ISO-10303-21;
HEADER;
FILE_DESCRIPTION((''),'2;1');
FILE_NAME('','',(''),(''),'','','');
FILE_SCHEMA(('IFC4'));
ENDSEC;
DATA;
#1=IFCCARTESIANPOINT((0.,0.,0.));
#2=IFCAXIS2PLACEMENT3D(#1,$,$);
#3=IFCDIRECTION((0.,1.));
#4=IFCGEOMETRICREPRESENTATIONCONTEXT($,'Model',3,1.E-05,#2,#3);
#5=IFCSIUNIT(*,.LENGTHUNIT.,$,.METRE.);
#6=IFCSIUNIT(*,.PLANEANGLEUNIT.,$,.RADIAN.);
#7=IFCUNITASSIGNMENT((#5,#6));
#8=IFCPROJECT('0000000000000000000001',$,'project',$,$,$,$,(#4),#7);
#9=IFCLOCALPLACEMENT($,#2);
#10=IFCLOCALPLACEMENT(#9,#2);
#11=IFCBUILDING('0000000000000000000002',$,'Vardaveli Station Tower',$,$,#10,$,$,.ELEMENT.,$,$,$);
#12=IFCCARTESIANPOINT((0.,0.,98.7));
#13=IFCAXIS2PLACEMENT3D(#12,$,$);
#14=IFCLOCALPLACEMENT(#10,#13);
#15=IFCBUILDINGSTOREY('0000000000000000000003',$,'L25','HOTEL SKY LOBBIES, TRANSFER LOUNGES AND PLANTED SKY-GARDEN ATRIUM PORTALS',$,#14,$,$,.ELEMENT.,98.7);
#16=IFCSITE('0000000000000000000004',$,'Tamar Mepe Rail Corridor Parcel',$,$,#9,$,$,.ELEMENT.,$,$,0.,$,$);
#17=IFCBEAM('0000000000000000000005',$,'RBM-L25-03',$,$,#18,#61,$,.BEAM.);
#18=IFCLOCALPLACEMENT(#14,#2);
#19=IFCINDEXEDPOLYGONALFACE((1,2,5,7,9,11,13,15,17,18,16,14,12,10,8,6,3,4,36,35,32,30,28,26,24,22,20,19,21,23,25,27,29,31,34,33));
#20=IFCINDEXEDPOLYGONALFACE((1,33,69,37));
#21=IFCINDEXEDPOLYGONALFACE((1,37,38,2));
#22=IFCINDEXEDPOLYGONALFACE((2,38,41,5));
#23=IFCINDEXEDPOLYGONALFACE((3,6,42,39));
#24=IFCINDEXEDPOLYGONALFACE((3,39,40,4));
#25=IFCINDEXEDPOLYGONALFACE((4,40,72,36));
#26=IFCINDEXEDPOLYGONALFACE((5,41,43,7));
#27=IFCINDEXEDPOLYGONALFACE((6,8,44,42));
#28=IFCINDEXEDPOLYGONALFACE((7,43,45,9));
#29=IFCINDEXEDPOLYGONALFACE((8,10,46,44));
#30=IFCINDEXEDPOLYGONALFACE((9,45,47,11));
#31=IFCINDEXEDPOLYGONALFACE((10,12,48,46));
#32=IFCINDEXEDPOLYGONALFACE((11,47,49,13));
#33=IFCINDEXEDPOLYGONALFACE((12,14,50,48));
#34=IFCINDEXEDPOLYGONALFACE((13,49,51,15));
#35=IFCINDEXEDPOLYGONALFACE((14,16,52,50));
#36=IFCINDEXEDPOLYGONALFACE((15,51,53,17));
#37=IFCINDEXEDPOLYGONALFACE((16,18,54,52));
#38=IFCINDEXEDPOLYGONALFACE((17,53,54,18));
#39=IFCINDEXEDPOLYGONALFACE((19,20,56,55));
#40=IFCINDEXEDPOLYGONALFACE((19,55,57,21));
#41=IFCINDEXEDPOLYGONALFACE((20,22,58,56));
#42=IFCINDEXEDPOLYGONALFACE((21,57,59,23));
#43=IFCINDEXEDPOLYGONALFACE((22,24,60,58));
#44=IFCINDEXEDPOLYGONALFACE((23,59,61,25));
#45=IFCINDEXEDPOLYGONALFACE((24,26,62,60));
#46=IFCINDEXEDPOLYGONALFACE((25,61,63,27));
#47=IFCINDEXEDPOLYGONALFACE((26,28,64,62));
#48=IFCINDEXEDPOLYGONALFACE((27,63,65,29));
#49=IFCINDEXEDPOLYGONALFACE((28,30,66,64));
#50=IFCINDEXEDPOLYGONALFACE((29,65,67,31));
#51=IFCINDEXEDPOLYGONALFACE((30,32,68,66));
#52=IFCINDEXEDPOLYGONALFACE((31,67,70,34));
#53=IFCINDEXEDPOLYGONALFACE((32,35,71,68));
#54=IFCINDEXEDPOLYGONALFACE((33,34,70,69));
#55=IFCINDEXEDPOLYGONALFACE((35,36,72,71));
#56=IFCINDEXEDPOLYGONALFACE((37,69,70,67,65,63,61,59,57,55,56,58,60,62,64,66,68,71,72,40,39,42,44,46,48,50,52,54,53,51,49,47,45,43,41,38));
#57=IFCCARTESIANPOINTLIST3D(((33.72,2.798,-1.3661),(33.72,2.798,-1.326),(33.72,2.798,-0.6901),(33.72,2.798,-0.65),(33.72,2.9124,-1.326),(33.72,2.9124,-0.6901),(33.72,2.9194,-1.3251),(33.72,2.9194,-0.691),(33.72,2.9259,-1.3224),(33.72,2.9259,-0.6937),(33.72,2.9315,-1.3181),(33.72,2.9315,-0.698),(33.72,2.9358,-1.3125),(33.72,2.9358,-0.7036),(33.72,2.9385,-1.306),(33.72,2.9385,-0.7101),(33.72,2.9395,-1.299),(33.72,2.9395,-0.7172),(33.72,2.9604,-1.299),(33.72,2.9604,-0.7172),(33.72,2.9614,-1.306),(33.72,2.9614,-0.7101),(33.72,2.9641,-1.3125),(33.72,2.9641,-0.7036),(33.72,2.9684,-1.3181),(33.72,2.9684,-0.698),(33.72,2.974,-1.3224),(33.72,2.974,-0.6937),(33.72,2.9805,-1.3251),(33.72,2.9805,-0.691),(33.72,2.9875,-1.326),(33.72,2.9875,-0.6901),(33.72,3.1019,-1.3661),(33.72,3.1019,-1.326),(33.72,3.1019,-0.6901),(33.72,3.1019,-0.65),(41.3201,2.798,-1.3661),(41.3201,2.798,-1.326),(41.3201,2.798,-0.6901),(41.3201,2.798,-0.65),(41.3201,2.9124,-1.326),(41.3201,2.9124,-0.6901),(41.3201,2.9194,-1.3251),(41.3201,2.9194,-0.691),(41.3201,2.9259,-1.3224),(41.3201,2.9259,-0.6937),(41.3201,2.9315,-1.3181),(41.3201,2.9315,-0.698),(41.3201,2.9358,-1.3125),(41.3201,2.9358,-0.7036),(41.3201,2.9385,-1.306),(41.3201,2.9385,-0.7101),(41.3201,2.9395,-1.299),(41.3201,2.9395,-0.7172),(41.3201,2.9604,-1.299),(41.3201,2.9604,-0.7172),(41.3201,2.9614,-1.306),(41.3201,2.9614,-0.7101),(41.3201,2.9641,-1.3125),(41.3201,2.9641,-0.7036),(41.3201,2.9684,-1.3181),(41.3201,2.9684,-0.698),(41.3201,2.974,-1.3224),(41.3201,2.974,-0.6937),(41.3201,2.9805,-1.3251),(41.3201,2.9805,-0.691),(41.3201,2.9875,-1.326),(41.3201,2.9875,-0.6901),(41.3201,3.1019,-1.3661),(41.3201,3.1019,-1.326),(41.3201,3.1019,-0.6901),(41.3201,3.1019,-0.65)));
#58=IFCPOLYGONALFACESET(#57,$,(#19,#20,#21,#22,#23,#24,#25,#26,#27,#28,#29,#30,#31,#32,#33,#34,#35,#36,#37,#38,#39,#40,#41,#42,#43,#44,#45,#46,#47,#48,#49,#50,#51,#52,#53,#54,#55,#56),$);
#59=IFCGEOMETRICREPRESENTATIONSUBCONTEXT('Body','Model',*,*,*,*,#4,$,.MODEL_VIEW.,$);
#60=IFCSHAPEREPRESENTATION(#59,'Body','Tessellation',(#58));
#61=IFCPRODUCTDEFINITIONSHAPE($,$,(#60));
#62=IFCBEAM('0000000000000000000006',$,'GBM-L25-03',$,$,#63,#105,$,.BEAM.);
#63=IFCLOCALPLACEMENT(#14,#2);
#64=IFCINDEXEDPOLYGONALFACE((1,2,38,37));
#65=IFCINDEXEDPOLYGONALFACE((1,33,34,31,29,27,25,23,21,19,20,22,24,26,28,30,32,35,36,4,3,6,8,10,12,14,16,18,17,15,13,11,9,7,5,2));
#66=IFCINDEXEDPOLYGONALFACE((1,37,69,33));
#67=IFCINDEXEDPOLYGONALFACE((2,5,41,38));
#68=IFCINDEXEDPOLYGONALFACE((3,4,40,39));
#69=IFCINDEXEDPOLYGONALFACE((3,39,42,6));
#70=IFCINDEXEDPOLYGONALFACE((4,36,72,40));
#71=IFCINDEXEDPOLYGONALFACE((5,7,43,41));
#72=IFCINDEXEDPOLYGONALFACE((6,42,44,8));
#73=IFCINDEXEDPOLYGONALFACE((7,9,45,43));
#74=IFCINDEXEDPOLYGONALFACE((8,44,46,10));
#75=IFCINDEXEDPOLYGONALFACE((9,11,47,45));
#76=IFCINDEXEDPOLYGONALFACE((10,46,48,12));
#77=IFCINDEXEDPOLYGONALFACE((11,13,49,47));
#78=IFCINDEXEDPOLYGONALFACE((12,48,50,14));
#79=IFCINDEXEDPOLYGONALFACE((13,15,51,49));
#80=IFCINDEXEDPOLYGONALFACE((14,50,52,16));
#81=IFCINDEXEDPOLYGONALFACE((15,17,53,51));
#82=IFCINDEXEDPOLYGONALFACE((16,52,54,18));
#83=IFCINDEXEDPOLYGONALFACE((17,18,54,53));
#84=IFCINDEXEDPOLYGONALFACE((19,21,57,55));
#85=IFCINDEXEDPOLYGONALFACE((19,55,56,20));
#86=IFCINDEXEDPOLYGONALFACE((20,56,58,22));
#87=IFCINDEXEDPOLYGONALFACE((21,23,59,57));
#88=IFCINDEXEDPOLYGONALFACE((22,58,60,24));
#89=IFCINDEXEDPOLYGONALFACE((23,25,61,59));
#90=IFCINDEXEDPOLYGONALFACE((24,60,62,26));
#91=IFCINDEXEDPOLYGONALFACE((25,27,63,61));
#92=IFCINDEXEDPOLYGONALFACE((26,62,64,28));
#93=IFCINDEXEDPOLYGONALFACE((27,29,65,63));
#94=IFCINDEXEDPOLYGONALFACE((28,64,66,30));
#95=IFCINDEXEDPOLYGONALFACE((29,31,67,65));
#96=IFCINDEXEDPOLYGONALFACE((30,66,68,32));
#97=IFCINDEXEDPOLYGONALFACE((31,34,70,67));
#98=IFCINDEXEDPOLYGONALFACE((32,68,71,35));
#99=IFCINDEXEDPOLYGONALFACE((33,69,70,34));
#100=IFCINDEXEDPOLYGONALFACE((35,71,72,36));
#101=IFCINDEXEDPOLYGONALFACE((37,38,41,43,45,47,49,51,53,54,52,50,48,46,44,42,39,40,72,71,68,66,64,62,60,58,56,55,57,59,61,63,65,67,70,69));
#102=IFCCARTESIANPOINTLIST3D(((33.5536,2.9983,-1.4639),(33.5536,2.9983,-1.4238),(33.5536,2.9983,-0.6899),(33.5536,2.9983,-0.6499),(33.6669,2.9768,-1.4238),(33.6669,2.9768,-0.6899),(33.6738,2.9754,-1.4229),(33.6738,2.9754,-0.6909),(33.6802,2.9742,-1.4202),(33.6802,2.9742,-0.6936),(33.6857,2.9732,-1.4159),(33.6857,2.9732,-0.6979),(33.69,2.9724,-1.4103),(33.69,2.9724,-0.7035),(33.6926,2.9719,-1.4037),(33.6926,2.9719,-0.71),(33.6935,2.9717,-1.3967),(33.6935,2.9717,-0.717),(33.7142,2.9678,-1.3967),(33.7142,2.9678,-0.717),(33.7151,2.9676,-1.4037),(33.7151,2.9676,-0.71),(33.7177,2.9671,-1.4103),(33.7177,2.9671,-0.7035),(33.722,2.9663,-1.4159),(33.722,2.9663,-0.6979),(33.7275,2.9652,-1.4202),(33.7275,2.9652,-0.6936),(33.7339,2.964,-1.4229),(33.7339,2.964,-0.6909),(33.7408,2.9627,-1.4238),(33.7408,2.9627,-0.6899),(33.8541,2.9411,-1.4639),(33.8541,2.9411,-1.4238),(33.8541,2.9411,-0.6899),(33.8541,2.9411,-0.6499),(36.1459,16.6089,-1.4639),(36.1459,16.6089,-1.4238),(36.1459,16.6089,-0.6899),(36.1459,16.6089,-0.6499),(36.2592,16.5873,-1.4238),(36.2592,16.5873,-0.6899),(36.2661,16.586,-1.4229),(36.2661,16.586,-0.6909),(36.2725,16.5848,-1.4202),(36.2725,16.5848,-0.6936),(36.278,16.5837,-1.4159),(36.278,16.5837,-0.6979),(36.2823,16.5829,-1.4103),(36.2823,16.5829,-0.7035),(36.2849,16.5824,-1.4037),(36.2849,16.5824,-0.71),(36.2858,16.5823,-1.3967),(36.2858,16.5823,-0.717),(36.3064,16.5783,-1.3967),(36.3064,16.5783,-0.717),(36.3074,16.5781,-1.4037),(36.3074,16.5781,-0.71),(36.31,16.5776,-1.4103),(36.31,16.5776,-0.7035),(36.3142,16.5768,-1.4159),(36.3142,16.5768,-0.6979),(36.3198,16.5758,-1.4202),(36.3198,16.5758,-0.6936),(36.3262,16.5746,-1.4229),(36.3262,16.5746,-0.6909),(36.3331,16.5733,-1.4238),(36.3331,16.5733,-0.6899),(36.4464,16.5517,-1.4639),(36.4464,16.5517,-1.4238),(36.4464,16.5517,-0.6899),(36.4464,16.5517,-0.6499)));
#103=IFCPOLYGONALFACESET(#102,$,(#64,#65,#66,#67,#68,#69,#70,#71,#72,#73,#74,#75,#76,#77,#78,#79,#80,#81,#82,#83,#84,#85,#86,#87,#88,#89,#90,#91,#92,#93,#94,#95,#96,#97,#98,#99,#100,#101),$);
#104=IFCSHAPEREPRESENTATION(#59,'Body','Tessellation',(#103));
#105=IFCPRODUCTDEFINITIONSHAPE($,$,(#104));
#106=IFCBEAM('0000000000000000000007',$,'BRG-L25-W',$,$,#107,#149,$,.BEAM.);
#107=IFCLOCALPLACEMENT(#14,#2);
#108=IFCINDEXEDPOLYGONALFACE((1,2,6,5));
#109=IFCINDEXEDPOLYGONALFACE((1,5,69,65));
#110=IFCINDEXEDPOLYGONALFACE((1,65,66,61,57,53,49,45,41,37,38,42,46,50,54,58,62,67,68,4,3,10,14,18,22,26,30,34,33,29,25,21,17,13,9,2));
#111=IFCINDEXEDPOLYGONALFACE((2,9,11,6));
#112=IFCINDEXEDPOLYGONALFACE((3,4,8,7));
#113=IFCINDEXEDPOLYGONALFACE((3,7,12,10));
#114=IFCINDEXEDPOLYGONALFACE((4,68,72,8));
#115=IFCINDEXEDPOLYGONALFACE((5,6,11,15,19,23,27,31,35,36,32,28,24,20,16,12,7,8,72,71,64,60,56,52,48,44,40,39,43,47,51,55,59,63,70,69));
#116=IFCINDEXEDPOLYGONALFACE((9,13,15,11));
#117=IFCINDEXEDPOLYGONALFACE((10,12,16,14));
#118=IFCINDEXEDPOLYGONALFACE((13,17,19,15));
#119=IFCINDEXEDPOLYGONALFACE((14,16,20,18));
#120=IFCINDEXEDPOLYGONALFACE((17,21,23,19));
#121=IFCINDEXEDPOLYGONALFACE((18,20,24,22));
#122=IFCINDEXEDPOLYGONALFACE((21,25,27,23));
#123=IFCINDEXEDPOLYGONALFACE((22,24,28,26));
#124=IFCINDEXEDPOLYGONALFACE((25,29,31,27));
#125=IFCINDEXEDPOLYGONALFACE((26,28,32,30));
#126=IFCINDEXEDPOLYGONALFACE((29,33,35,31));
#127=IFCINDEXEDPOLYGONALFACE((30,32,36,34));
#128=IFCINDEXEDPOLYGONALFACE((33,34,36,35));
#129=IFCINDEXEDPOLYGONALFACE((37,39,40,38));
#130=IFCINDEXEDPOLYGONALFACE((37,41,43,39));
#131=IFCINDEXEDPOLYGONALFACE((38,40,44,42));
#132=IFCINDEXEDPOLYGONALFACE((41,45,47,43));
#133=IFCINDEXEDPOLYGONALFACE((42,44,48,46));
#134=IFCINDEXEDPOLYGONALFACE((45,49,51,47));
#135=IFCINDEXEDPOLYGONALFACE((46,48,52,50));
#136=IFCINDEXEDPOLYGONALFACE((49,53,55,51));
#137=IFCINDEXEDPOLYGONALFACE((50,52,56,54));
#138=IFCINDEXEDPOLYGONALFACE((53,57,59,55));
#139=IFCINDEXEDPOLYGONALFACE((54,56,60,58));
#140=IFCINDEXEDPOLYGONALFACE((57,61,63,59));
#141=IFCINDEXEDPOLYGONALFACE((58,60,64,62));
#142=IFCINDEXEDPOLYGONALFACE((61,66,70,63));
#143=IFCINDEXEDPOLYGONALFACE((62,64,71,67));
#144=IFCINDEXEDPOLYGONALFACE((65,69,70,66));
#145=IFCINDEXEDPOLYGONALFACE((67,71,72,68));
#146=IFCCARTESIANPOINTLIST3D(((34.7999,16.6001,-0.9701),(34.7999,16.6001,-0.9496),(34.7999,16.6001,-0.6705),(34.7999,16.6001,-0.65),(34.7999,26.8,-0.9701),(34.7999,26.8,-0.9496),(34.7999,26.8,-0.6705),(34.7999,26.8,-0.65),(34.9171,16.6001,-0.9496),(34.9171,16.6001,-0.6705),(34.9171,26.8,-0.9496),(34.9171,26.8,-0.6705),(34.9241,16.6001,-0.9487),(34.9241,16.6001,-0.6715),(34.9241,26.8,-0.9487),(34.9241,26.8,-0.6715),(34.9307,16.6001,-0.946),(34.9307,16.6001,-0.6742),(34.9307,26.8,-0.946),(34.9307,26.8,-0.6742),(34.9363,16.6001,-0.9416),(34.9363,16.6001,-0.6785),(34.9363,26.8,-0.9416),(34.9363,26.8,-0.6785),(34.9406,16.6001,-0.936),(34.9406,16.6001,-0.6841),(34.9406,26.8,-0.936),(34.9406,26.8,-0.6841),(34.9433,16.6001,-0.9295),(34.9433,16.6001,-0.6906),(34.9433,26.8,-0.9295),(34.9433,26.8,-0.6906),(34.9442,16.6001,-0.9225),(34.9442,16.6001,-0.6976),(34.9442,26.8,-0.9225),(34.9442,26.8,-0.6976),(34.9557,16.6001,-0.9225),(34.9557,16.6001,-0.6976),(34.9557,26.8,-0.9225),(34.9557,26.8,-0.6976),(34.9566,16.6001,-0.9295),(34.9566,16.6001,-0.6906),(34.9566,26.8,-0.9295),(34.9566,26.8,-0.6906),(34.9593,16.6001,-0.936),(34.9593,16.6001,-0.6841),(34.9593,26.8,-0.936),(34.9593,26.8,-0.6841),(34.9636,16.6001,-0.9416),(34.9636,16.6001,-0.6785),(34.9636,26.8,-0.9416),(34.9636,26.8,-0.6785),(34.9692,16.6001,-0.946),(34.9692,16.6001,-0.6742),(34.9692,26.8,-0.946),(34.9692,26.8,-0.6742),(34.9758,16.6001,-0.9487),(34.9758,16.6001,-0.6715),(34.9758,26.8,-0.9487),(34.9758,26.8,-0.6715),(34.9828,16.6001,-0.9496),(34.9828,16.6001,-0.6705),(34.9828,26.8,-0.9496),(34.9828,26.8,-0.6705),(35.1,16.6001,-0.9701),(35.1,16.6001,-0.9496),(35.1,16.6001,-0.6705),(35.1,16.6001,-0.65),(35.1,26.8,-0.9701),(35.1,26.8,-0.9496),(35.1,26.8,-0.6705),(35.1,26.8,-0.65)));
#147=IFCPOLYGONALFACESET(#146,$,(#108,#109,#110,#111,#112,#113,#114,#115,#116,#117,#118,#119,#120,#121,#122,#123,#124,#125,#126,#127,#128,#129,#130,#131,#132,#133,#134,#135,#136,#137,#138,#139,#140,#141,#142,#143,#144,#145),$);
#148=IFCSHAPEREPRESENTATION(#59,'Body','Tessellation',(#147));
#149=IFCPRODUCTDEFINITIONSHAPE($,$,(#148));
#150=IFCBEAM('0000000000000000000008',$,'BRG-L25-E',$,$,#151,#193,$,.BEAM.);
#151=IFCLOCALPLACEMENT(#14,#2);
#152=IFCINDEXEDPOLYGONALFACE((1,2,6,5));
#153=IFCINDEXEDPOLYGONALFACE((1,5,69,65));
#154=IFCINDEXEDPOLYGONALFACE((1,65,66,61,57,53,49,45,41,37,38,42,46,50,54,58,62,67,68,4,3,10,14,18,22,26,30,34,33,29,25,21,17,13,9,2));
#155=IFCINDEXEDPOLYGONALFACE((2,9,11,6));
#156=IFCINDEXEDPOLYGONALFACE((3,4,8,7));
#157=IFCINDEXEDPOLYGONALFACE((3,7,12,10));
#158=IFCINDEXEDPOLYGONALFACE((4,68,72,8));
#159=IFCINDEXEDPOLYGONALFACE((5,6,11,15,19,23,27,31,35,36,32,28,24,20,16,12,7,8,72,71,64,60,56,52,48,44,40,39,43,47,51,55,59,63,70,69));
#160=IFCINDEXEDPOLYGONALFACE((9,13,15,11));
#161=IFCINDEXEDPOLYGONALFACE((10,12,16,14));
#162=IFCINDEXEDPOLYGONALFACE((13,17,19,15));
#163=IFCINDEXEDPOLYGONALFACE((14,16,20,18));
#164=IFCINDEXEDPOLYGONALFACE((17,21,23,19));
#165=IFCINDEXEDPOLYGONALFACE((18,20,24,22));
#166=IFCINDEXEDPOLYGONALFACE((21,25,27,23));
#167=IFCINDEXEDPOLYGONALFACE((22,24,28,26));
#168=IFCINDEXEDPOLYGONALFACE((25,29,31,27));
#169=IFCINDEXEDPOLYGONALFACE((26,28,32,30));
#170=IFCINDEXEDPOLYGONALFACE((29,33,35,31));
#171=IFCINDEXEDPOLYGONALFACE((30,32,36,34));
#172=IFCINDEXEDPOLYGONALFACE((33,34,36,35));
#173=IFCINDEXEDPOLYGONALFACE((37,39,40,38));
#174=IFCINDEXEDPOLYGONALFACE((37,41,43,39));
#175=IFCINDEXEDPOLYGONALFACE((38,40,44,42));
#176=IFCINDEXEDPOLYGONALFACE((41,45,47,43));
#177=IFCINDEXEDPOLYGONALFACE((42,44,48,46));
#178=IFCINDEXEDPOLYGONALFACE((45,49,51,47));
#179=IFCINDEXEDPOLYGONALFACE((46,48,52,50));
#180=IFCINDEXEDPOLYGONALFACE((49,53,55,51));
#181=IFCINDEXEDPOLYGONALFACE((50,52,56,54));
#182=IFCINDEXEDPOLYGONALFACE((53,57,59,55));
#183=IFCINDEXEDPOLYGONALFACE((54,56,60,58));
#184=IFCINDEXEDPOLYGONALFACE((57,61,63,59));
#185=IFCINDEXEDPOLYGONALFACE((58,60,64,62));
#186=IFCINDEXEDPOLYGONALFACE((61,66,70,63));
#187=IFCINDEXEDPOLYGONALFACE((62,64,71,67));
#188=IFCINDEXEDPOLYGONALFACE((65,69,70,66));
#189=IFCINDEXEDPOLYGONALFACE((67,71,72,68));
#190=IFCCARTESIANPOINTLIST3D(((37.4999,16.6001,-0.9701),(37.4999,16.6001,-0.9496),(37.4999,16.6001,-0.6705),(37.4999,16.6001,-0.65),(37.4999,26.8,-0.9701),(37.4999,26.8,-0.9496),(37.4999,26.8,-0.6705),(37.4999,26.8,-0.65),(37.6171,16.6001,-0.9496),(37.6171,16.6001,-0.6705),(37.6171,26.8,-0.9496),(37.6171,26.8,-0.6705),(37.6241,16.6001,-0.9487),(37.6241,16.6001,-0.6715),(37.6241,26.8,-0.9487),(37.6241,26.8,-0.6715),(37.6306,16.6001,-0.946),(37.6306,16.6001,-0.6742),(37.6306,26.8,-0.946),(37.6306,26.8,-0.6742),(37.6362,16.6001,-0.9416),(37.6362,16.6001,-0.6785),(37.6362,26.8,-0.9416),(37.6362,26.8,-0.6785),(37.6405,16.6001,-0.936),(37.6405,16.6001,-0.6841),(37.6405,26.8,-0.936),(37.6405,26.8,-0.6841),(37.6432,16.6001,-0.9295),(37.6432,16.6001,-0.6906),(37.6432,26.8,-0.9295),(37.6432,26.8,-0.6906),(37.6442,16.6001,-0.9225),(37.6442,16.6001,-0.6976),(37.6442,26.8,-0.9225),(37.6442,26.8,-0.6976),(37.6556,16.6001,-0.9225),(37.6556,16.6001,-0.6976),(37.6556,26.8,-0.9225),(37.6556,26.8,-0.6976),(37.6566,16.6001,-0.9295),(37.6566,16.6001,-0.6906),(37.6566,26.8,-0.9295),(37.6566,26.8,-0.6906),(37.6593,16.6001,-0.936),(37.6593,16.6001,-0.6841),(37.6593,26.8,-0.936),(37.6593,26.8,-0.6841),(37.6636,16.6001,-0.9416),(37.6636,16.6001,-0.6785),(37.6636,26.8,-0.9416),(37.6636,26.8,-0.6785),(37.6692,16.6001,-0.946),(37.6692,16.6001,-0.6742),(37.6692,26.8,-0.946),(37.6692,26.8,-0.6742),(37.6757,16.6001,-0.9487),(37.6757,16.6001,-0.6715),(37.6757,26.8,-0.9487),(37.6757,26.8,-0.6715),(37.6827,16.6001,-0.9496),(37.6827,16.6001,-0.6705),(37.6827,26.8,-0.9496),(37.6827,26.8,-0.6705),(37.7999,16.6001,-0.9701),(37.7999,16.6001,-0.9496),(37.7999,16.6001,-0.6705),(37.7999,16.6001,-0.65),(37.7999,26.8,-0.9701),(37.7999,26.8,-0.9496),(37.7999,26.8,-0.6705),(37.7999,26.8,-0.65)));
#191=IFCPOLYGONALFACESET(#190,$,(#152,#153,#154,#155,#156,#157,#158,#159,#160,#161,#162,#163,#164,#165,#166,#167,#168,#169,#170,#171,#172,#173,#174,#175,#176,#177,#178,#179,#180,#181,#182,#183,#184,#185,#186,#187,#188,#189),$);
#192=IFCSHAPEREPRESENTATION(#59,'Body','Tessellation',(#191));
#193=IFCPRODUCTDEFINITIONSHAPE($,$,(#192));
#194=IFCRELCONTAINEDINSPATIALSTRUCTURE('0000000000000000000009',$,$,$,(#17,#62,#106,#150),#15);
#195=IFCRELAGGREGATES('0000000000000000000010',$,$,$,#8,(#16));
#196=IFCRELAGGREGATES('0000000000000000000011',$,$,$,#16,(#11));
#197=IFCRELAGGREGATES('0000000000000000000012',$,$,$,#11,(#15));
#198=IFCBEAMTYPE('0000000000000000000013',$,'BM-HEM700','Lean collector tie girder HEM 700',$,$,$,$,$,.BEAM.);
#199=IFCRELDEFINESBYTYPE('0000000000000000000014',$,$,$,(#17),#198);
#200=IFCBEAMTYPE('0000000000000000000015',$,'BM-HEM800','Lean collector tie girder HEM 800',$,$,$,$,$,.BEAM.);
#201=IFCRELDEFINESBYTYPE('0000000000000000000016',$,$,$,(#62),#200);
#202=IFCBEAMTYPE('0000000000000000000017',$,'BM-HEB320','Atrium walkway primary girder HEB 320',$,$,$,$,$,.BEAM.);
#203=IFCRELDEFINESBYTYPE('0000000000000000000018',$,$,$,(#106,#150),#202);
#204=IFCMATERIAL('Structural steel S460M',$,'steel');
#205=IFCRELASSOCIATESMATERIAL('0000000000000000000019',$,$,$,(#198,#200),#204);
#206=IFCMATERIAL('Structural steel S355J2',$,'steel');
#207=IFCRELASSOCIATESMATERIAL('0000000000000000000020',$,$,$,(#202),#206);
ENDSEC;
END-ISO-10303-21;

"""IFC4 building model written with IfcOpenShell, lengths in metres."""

from ifc_helpers import new_model, si_unit, direction, frame, origin, origin_2d, place, context, subcontext, project, spatial, i_section, extrude, source, transform, mapped, material, material_profile, profile_set, type_object, element, save


model = new_model("IFC4")

# Units and contexts
model_context = context("Model", 3, precision=1e-05, world=origin(), true_north=direction((0.0, 1.0)))
body_context = subcontext(model_context, "Body", "Model", "MODEL_VIEW")
ifc_project = project(units=[si_unit("LENGTHUNIT", "METRE"), si_unit("PLANEANGLEUNIT", "RADIAN")], contexts=[model_context])

# Site, building, storey
site_placement = place(None, origin())
site = spatial("IfcSite", under=ifc_project, at=site_placement, Name="Tamar Mepe Rail Corridor Parcel", CompositionType="ELEMENT", RefElevation=0.0)
building_placement = place(site_placement, origin())
building = spatial("IfcBuilding", under=site, at=building_placement, Name="Vardaveli Station Tower", CompositionType="ELEMENT")
storey_placement = place(building_placement, frame((0.0, 0.0, 98.7)))
storey = spatial("IfcBuildingStorey", under=building, at=storey_placement, Name="L25", Description="HOTEL SKY LOBBIES, TRANSFER LOUNGES AND PLANTED SKY-GARDEN ATRIUM PORTALS", CompositionType="ELEMENT", Elevation=98.7)

# Shared definitions
ifc_material_1 = material(Name="Structural steel S460M", Category="steel")

# Beams
ifc_material_2 = material(Name="Structural steel S355J2", Category="steel")
ifc_material_profile_1 = material_profile(ifc_material_1, i_section(OverallWidth=0.304, OverallDepth=0.7161, WebThickness=0.021, FlangeThickness=0.04, FilletRadius=0.0271, at=origin_2d()), Name="HEM 700")
ifc_profile_set_1 = profile_set([ifc_material_profile_1], Name="Structural steel S460M")
beam_type_1 = type_object("IfcBeamType", Name="BM-HEM700", Description="Lean collector tie girder HEM 700", PredefinedType="BEAM", material=ifc_profile_set_1)
shared_shape_1 = source(origin(), body_context, "Body", "SweptSolid", [
    extrude(i_section(OverallWidth=0.304, OverallDepth=0.7161, WebThickness=0.021, FlangeThickness=0.04, FilletRadius=0.0271, at=origin_2d()), origin(), (0.0, 0.0, 1.0), 7.6001),
])
beam_1_placement = place(storey_placement, frame((33.72, 2.95, -1.0081), z_axis=(1.0, 0.0, 0.0), x_axis=(0.0, 1.0, 0.0)))
element("IfcBeam", 1, at=beam_1_placement, inside=storey, type_object=beam_type_1, Name="RBM-L25-03", PredefinedType="BEAM", context=body_context, shape_type="MappedRepresentation", body=[
    mapped(shared_shape_1, transform((0.0, 0.0, 0.0), scale=1.0)),
])
ifc_material_profile_2 = material_profile(ifc_material_1, i_section(OverallWidth=0.3059, OverallDepth=0.814, WebThickness=0.021, FlangeThickness=0.04, FilletRadius=0.0271, at=origin_2d()), Name="HEM 800")
ifc_profile_set_2 = profile_set([ifc_material_profile_2], Name="Structural steel S460M")
beam_type_2 = type_object("IfcBeamType", Name="BM-HEM800", Description="Lean collector tie girder HEM 800", PredefinedType="BEAM", material=ifc_profile_set_2)
shared_shape_2 = source(origin(), body_context, "Body", "SweptSolid", [
    extrude(i_section(OverallWidth=0.3059, OverallDepth=0.814, WebThickness=0.021, FlangeThickness=0.04, FilletRadius=0.0271, at=origin_2d()), origin(), (0.0, 0.0, 1.0), 13.8552),
])
beam_2_placement = place(storey_placement, frame((33.7039, 2.9697, -1.0569), z_axis=(0.187098, 0.982341, 0.0), x_axis=(-0.982341, 0.187098, 0.0)))
element("IfcBeam", 2, at=beam_2_placement, inside=storey, type_object=beam_type_2, Name="GBM-L25-03", PredefinedType="BEAM", context=body_context, shape_type="MappedRepresentation", body=[
    mapped(shared_shape_2, transform((0.0, 0.0, 0.0), scale=1.0)),
])
ifc_material_profile_3 = material_profile(ifc_material_2, i_section(OverallWidth=0.3, OverallDepth=0.3201, WebThickness=0.0115, FlangeThickness=0.0205, FilletRadius=0.0271, at=origin_2d()), Name="HEB 320")
ifc_profile_set_3 = profile_set([ifc_material_profile_3], Name="Structural steel S355J2")
beam_type_3 = type_object("IfcBeamType", Name="BM-HEB320", Description="Atrium walkway primary girder HEB 320", PredefinedType="BEAM", material=ifc_profile_set_3)
shared_shape_3 = source(origin(), body_context, "Body", "SweptSolid", [
    extrude(i_section(OverallWidth=0.3, OverallDepth=0.3201, WebThickness=0.0115, FlangeThickness=0.0205, FilletRadius=0.0271, at=origin_2d()), origin(), (0.0, 0.0, 1.0), 10.2),
])
for number, where, z_axis, x_axis, name in (
    (3, (34.95, 16.6001, -0.8101), (0.0, 1.0, 0.0), (-1.0, 0.0, 0.0), "BRG-L25-W"),
    (4, (37.6499, 16.6001, -0.8101), (0.0, 1.0, 0.0), (-1.0, 0.0, 0.0), "BRG-L25-E"),
):
    element("IfcBeam", number, at=place(storey_placement, frame(where, z_axis=z_axis, x_axis=x_axis)), inside=storey, type_object=beam_type_3, Name=name, PredefinedType="BEAM", context=body_context, shape_type="MappedRepresentation", body=[
        mapped(shared_shape_3, transform((0.0, 0.0, 0.0), scale=1.0)),
    ])

save(model, "model.ifc")
